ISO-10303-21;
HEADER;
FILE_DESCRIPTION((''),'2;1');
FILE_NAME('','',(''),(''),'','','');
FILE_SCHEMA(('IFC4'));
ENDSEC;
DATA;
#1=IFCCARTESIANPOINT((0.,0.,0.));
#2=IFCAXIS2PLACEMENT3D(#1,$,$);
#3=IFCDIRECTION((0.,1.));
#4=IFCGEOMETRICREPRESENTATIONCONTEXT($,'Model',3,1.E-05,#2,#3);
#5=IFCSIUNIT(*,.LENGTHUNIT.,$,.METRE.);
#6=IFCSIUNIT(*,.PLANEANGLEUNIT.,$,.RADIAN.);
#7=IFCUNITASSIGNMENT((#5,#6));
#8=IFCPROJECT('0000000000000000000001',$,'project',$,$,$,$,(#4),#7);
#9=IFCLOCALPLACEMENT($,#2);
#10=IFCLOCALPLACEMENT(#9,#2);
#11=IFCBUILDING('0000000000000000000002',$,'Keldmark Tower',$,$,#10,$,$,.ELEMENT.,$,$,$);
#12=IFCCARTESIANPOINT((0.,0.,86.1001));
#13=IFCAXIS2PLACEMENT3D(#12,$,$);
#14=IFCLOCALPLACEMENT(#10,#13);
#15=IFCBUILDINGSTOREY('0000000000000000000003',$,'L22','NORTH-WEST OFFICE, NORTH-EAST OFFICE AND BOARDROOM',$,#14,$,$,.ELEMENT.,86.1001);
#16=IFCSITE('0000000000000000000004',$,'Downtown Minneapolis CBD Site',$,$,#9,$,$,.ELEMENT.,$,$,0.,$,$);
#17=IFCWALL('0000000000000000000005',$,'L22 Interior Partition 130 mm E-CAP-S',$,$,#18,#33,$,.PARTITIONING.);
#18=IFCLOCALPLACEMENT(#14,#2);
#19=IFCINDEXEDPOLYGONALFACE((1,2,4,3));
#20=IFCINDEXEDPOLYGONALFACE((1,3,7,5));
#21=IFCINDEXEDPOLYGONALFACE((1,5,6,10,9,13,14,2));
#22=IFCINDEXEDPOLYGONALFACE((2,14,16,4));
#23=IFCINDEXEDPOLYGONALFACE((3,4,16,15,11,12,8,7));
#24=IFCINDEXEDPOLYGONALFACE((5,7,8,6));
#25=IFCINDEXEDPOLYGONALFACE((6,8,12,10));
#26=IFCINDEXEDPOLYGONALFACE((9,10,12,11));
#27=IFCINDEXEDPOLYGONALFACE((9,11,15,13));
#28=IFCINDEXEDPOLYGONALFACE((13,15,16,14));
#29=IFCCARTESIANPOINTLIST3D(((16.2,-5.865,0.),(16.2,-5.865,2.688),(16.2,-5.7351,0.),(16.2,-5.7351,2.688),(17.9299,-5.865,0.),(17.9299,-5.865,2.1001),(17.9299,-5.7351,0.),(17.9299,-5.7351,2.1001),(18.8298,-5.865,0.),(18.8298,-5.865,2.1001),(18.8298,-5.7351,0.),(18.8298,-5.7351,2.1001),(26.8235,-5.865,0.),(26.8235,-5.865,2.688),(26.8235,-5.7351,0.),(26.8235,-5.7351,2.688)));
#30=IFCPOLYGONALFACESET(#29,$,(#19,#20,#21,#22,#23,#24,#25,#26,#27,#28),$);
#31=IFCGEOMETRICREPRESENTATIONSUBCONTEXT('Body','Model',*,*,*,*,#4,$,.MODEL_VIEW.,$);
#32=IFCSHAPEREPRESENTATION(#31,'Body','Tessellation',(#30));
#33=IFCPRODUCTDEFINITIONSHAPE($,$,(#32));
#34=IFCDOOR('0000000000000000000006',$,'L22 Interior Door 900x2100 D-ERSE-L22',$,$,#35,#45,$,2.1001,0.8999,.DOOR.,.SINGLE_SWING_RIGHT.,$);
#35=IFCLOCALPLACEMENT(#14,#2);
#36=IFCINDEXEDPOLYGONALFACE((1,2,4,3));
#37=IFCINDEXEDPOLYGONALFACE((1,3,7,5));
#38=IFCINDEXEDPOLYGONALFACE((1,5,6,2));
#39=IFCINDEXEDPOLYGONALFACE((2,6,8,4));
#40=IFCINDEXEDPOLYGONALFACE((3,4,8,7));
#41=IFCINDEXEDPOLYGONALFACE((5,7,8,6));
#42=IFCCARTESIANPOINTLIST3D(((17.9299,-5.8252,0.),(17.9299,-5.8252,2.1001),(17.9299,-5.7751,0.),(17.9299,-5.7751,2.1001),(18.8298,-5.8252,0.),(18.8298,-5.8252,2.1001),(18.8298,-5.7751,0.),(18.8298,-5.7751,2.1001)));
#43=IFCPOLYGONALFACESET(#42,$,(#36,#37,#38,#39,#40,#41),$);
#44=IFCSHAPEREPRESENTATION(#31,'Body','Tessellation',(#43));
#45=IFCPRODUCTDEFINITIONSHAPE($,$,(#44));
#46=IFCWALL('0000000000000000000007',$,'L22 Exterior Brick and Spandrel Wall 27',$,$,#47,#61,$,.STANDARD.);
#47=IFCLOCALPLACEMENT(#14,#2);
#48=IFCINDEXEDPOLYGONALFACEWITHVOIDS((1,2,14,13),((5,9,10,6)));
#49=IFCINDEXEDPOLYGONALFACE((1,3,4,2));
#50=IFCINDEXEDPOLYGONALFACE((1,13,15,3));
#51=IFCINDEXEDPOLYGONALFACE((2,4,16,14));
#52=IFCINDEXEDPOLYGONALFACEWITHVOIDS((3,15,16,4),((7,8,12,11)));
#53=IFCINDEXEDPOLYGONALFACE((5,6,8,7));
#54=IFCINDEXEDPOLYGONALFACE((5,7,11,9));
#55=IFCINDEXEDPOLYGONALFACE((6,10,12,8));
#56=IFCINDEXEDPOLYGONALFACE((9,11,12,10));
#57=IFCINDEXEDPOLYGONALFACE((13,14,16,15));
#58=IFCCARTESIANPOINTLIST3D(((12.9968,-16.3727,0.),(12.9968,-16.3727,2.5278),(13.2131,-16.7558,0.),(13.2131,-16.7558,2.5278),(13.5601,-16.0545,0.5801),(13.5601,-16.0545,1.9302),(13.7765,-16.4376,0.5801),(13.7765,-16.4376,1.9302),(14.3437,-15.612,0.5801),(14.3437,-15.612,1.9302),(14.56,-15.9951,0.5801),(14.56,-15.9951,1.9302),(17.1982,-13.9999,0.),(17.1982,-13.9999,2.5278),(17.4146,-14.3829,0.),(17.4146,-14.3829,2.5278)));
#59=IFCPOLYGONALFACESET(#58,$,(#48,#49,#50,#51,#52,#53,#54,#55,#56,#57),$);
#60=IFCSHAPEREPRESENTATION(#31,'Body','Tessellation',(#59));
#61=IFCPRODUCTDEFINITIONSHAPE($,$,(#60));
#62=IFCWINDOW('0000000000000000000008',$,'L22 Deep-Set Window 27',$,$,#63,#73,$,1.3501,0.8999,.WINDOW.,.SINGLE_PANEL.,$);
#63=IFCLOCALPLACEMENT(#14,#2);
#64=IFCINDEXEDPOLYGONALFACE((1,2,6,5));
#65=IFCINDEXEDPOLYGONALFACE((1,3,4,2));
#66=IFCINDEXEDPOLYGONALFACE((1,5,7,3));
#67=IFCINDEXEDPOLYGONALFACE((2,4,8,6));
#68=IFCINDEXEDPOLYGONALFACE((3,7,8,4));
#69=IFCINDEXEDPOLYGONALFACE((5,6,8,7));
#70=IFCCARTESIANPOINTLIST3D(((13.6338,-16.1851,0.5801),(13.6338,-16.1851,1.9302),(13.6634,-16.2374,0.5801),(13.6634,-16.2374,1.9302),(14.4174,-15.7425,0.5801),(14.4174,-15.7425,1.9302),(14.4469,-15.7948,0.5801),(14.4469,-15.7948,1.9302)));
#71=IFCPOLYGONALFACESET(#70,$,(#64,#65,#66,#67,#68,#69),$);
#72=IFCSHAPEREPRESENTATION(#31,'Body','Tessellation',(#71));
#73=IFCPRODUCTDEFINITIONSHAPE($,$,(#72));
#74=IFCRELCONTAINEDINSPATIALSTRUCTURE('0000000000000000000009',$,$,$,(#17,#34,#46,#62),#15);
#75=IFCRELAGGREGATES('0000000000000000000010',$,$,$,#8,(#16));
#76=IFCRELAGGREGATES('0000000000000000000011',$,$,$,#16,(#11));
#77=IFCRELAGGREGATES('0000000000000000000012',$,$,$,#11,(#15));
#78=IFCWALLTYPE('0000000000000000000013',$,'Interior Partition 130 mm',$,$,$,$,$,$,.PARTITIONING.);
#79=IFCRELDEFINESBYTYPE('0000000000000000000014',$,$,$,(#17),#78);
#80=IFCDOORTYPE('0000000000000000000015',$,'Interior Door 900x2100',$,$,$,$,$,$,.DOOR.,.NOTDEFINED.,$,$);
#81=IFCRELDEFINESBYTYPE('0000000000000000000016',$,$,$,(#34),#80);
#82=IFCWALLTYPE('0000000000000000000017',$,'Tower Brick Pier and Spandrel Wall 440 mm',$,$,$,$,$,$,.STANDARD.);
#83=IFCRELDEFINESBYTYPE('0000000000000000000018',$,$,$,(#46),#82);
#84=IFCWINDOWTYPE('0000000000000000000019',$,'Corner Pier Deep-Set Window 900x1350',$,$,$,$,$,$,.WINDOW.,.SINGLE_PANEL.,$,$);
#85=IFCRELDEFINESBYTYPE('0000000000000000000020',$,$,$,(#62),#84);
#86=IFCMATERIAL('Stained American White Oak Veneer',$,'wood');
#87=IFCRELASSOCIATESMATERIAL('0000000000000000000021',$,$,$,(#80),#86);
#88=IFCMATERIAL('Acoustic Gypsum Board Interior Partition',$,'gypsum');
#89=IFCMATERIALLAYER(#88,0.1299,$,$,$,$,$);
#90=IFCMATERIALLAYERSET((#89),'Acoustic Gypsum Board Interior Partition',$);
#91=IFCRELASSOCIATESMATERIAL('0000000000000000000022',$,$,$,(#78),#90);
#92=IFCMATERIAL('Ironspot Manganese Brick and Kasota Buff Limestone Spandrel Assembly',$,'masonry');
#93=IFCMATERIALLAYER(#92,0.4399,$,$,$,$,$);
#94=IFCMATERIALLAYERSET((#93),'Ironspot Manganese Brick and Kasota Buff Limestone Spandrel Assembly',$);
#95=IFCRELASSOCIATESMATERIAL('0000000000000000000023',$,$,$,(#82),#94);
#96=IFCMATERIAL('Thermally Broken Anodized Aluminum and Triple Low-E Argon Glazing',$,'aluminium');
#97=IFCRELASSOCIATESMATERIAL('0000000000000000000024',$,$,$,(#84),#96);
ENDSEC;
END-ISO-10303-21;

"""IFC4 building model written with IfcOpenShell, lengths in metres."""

from ifc_helpers import new_model, si_unit, direction, frame, frame_2d, origin, place, context, subcontext, project, spatial, rectangle, extrude, material, layer, layer_set, type_object, element, fill, save


model = new_model("IFC4")

# Units and contexts
model_context = context("Model", 3, precision=1e-05, world=origin(), true_north=direction((0.0, 1.0)))
body_context = subcontext(model_context, "Body", "Model", "MODEL_VIEW")
ifc_project = project(units=[si_unit("LENGTHUNIT", "METRE"), si_unit("PLANEANGLEUNIT", "RADIAN")], contexts=[model_context])

# Site, building, storey
site_placement = place(None, origin())
site = spatial("IfcSite", under=ifc_project, at=site_placement, Name="Downtown Minneapolis CBD Site", CompositionType="ELEMENT", RefElevation=0.0)
building_placement = place(site_placement, origin())
building = spatial("IfcBuilding", under=site, at=building_placement, Name="Keldmark Tower", CompositionType="ELEMENT")
storey_placement = place(building_placement, frame((0.0, 0.0, 86.1001)))
storey = spatial("IfcBuildingStorey", under=building, at=storey_placement, Name="L22", Description="NORTH-WEST OFFICE, NORTH-EAST OFFICE AND BOARDROOM", CompositionType="ELEMENT", Elevation=86.1001)

# Shared definitions
ifc_material_1 = material(Name="Stained American White Oak Veneer", Category="wood")
door_type = type_object("IfcDoorType", Name="Interior Door 900x2100", OperationType="NOTDEFINED", PredefinedType="DOOR", material=ifc_material_1)

# Wall, opening, door
ifc_material_2 = material(Name="Acoustic Gypsum Board Interior Partition", Category="gypsum")
ifc_layer_1 = layer(ifc_material_2, 0.1299)
ifc_layer_set_1 = layer_set([ifc_layer_1], Name="Acoustic Gypsum Board Interior Partition")
wall_type_1 = type_object("IfcWallType", Name="Interior Partition 130 mm", PredefinedType="PARTITIONING", material=ifc_layer_set_1)
wall_1_placement = place(storey_placement, frame((16.2, -5.8, 0.0), z_axis=(0.0, 0.0, 1.0), x_axis=(1.0, 0.0, 0.0)))
wall_1 = element("IfcWall", 1, at=wall_1_placement, inside=storey, type_object=wall_type_1, Name="L22 Interior Partition 130 mm E-CAP-S", PredefinedType="PARTITIONING", context=body_context, shape_type="SweptSolid", body=[
    extrude(rectangle(XDim=10.6235, YDim=0.1299, at=frame_2d((5.3118, 0.0))), origin(), (0.0, 0.0, 1.0), 2.688),
])
opening_1_placement = place(wall_1_placement, frame((1.73, 0.0, 0.0)))
opening_1 = element("IfcOpeningElement", 2, at=opening_1_placement, cuts=wall_1, PredefinedType="OPENING", context=body_context, shape_type="SweptSolid", body=[
    extrude(rectangle(XDim=0.8999, YDim=2.1001, at=frame_2d((0.45, 1.05))), frame((0.0, 0.075, 0.0), z_axis=(0.0, -1.0, 0.0), x_axis=(1.0, 0.0, 0.0)), (0.0, 0.0, 1.0), 0.1499),
])
door_1_placement = place(opening_1_placement, origin())
door_1 = element("IfcDoor", 3, at=door_1_placement, inside=storey, type_object=door_type, Name="L22 Interior Door 900x2100 D-ERSE-L22", OperationType="SINGLE_SWING_RIGHT", OverallHeight=2.1001, OverallWidth=0.8999, PredefinedType="DOOR", context=body_context, shape_type="SweptSolid", body=[
    extrude(rectangle(XDim=0.8999, YDim=2.1001, at=frame_2d((0.45, 1.05))), frame((0.0, 0.0249, 0.0), z_axis=(0.0, -1.0, 0.0), x_axis=(1.0, 0.0, 0.0)), (0.0, 0.0, 1.0), 0.05),
])
fill(opening_1, door_1)

# Wall, opening, window
ifc_material_3 = material(Name="Ironspot Manganese Brick and Kasota Buff Limestone Spandrel Assembly", Category="masonry")
ifc_layer_2 = layer(ifc_material_3, 0.4399)
ifc_layer_set_2 = layer_set([ifc_layer_2], Name="Ironspot Manganese Brick and Kasota Buff Limestone Spandrel Assembly")
wall_type_2 = type_object("IfcWallType", Name="Tower Brick Pier and Spandrel Wall 440 mm", PredefinedType="STANDARD", material=ifc_layer_set_2)
wall_2_placement = place(storey_placement, frame((17.3064, -14.1914, 0.0), z_axis=(0.0, 0.0, 1.0), x_axis=(-0.870732, -0.491757, 0.0)))
wall_2 = element("IfcWall", 4, at=wall_2_placement, inside=storey, type_object=wall_type_2, Name="L22 Exterior Brick and Spandrel Wall 27", PredefinedType="STANDARD", context=body_context, shape_type="SweptSolid", body=[
    extrude(rectangle(XDim=4.8252, YDim=0.4399, at=frame_2d((2.4126, 0.0))), origin(), (0.0, 0.0, 1.0), 2.5278),
])
opening_2_placement = place(wall_2_placement, frame((3.2783, 0.0, 0.5801)))
opening_2 = element("IfcOpeningElement", 5, at=opening_2_placement, cuts=wall_2, PredefinedType="OPENING", context=body_context, shape_type="SweptSolid", body=[
    extrude(rectangle(XDim=0.8999, YDim=1.3501, at=frame_2d((0.45, 0.675))), frame((0.0, 0.23, 0.0), z_axis=(0.0, -1.0, 0.0), x_axis=(1.0, 0.0, 0.0)), (0.0, 0.0, 1.0), 0.46),
])
ifc_material_4 = material(Name="Thermally Broken Anodized Aluminum and Triple Low-E Argon Glazing", Category="aluminium")
window_type = type_object("IfcWindowType", Name="Corner Pier Deep-Set Window 900x1350", PartitioningType="SINGLE_PANEL", PredefinedType="WINDOW", material=ifc_material_4)
window_placement = place(opening_2_placement, origin())
window = element("IfcWindow", 6, at=window_placement, inside=storey, type_object=window_type, Name="L22 Deep-Set Window 27", OverallHeight=1.3501, OverallWidth=0.8999, PartitioningType="SINGLE_PANEL", PredefinedType="WINDOW", context=body_context, shape_type="SweptSolid", body=[
    extrude(rectangle(XDim=0.8999, YDim=1.3501, at=frame_2d((0.45, 0.675))), frame((0.0, -0.01, 0.0), z_axis=(0.0, -1.0, 0.0), x_axis=(1.0, 0.0, 0.0)), (0.0, 0.0, 1.0), 0.0601),
])
fill(opening_2, window)

save(model, "model.ifc")
